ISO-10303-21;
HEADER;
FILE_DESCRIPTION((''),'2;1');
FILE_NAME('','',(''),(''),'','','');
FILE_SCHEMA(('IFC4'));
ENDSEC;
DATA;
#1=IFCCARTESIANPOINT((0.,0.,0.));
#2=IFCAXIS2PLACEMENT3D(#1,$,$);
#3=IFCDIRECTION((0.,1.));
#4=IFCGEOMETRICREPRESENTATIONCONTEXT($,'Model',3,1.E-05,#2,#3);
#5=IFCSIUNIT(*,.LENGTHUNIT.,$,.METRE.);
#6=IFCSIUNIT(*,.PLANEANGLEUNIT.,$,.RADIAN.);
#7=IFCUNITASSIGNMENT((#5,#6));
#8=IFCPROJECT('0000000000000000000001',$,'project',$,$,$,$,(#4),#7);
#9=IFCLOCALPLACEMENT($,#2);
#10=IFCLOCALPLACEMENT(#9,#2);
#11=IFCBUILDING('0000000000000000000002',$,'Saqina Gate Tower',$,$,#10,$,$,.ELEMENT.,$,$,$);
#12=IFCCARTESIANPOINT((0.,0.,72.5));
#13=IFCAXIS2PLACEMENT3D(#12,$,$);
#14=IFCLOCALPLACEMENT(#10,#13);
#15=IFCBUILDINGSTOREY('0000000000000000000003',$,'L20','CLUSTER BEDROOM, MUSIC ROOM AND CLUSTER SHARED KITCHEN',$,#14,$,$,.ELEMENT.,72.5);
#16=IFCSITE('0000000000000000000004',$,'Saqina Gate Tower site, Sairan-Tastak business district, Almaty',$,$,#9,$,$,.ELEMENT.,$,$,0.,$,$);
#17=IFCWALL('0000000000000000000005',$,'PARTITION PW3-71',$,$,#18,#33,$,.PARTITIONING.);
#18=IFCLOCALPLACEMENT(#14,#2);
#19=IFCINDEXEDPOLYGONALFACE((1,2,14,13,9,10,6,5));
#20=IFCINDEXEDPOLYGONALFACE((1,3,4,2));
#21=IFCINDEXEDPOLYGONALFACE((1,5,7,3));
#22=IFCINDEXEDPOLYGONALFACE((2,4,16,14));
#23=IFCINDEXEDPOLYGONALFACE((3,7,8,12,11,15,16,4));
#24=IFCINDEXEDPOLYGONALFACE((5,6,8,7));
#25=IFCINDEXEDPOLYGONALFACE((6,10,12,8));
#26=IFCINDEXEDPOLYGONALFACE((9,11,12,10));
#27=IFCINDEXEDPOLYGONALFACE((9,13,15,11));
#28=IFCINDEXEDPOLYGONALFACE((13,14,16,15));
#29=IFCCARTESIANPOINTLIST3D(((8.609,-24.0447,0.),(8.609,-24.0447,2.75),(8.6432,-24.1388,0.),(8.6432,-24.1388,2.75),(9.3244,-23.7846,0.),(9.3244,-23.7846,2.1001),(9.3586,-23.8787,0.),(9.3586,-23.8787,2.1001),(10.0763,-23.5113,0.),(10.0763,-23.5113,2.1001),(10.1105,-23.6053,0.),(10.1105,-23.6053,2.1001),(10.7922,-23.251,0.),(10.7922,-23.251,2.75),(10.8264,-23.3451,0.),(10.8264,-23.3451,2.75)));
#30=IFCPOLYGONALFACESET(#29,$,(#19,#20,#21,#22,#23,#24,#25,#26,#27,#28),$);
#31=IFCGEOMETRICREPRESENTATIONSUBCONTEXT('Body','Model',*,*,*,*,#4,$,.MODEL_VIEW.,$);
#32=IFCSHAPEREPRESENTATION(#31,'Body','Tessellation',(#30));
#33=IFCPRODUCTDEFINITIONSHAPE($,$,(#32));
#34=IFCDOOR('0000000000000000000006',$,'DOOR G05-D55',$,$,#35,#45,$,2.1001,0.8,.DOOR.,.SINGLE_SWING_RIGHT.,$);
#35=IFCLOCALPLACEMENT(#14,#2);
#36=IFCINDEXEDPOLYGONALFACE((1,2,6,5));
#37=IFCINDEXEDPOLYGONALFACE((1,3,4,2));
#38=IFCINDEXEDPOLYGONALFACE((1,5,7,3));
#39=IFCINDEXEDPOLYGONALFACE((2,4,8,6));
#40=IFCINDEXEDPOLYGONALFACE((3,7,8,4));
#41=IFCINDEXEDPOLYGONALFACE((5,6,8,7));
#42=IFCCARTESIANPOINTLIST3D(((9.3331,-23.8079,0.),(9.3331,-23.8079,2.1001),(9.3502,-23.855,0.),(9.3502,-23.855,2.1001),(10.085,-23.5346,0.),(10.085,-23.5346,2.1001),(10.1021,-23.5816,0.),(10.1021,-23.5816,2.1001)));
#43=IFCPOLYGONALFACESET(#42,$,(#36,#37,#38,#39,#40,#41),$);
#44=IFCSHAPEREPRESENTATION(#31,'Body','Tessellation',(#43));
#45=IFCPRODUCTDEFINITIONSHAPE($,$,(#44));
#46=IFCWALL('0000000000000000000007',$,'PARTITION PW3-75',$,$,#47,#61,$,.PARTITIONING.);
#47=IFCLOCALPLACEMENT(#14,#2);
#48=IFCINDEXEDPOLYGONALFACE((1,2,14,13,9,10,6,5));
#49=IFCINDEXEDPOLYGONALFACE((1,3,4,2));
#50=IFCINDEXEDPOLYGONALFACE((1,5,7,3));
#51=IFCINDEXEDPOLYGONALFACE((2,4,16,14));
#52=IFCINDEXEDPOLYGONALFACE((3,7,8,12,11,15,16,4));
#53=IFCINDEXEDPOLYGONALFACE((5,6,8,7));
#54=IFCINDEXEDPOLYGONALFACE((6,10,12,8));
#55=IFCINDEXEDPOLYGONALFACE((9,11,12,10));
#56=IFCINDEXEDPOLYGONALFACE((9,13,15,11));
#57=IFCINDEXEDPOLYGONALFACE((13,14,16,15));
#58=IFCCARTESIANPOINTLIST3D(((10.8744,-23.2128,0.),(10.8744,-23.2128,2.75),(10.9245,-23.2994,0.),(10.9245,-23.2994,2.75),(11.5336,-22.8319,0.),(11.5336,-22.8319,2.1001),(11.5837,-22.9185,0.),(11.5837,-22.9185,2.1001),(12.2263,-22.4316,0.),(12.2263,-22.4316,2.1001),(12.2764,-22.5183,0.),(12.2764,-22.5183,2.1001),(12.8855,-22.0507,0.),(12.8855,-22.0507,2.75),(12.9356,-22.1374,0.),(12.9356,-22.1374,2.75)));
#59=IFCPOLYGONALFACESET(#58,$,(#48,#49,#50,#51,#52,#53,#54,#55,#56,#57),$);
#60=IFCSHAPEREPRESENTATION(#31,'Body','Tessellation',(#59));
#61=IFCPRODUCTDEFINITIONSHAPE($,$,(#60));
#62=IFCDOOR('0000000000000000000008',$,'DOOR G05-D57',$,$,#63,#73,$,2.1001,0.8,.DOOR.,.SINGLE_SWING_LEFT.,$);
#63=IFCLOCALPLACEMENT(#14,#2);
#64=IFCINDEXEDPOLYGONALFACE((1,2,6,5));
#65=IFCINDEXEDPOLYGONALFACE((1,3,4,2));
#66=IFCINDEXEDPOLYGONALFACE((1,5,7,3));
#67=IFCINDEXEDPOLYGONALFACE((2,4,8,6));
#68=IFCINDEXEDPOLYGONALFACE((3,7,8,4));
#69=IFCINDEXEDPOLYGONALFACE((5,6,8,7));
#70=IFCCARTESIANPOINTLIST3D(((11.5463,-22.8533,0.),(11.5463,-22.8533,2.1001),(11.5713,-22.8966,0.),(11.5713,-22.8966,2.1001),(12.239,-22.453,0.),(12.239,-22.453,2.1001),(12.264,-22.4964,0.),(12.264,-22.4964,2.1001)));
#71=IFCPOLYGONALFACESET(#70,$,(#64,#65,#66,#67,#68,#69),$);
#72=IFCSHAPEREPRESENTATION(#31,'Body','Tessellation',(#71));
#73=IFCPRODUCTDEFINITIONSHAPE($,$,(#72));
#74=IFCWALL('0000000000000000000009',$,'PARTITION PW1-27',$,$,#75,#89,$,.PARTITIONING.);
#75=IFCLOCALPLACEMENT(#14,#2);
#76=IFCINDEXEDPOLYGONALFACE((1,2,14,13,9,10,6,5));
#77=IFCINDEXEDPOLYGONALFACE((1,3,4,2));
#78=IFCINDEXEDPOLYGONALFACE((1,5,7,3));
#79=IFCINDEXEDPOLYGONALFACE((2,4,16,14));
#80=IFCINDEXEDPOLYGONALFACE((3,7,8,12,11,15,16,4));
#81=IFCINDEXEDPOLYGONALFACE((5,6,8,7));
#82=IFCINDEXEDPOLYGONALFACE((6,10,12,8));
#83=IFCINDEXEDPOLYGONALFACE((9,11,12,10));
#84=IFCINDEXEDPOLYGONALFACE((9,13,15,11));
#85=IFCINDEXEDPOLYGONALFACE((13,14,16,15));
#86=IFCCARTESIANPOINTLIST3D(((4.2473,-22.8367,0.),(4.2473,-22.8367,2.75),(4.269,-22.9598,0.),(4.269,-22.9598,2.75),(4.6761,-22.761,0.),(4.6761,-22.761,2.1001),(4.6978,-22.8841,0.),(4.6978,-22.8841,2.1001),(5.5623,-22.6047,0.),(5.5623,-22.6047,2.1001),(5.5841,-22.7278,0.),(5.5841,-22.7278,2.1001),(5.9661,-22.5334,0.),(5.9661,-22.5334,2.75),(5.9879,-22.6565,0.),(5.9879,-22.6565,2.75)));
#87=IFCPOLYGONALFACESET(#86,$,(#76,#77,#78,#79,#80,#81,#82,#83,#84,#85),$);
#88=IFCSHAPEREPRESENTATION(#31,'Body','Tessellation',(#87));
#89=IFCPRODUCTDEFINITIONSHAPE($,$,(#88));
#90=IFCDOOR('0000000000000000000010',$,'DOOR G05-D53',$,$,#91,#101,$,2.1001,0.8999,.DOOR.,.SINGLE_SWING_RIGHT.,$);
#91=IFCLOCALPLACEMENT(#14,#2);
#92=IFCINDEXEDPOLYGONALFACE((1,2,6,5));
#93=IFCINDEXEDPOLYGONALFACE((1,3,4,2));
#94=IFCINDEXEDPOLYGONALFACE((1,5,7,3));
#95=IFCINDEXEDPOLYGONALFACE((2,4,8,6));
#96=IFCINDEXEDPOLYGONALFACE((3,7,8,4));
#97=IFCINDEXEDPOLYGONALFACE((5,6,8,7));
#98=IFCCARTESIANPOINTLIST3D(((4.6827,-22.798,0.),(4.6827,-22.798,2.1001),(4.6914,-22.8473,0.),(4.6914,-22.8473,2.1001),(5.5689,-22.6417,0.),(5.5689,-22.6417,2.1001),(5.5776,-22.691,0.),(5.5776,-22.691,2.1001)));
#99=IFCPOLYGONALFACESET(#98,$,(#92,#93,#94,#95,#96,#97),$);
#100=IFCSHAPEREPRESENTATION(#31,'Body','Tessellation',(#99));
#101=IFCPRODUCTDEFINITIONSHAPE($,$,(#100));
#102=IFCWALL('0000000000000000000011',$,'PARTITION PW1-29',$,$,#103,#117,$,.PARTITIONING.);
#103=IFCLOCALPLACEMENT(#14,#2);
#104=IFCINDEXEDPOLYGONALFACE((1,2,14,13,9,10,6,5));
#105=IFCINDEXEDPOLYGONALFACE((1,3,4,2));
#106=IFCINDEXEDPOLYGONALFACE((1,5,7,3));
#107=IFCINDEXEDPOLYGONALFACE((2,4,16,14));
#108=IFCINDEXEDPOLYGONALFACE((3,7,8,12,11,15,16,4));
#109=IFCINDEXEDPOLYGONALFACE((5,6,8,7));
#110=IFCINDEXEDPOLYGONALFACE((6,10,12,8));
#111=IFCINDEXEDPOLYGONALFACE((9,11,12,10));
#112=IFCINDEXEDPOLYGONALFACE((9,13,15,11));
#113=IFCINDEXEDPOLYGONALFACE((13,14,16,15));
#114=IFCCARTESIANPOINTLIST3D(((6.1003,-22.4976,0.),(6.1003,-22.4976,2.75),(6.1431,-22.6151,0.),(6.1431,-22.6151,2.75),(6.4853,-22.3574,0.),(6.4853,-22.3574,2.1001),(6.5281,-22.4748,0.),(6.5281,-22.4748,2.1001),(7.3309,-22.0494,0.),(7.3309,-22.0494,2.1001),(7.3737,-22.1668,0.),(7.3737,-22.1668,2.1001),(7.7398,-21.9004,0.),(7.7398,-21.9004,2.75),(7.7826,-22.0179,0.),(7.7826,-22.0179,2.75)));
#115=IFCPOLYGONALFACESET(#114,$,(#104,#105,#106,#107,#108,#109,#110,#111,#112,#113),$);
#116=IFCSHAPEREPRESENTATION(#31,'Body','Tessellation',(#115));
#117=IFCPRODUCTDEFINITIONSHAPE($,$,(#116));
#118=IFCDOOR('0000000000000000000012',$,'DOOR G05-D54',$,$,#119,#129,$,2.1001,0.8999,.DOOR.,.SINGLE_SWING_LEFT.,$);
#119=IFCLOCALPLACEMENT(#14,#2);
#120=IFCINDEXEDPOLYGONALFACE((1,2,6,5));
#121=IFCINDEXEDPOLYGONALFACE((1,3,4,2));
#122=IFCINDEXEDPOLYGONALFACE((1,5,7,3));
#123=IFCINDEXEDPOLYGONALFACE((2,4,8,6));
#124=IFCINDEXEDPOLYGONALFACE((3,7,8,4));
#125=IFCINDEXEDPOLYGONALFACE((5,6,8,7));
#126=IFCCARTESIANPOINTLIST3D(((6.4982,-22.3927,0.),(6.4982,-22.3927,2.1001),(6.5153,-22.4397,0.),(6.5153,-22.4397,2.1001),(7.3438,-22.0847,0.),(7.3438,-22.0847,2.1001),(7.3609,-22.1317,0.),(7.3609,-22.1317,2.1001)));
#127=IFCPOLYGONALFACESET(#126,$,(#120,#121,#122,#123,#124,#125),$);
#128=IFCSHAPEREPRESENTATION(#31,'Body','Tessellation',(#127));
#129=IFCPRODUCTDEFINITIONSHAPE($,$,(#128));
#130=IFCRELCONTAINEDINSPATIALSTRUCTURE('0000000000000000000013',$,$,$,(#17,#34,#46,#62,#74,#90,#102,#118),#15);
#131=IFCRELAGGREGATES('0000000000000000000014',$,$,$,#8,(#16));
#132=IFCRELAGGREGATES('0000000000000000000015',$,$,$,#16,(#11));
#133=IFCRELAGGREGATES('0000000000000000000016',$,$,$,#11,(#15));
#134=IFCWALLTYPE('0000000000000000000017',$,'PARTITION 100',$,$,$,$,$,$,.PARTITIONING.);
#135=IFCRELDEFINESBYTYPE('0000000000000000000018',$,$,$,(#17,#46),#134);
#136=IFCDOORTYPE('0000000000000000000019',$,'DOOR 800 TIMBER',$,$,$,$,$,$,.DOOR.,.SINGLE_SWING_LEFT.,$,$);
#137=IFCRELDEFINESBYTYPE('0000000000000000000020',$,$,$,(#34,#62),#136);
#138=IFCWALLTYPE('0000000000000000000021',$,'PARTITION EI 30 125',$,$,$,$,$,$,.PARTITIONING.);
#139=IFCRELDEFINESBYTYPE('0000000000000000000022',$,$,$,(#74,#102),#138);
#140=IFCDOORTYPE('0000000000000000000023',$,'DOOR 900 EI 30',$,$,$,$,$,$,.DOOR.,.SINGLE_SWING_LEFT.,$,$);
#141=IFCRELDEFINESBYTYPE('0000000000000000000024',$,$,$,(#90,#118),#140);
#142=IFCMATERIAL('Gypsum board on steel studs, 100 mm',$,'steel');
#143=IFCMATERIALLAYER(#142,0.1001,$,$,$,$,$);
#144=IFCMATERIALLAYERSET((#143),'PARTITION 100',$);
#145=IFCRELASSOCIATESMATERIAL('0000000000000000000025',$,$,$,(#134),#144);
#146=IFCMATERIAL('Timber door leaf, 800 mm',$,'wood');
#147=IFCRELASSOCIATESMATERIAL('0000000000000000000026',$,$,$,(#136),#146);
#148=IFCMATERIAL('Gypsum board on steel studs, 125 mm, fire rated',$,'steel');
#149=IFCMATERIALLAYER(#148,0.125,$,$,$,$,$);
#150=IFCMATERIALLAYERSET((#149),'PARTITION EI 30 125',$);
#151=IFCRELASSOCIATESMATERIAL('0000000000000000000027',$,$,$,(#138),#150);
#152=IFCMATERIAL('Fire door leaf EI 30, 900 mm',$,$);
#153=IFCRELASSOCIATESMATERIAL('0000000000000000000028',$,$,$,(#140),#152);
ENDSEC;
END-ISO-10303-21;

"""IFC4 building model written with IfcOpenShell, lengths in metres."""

from ifc_helpers import new_model, si_unit, direction, frame, frame_2d, origin, place, context, subcontext, project, spatial, rectangle, extrude, material, layer, layer_set, type_object, element, fill, save


model = new_model("IFC4")

# Units and contexts
model_context = context("Model", 3, precision=1e-05, world=origin(), true_north=direction((0.0, 1.0)))
body_context = subcontext(model_context, "Body", "Model", "MODEL_VIEW")
ifc_project = project(units=[si_unit("LENGTHUNIT", "METRE"), si_unit("PLANEANGLEUNIT", "RADIAN")], contexts=[model_context])

# Site, building, storey
site_placement = place(None, origin())
site = spatial("IfcSite", under=ifc_project, at=site_placement, Name="Saqina Gate Tower site, Sairan-Tastak business district, Almaty", CompositionType="ELEMENT", RefElevation=0.0)
building_placement = place(site_placement, origin())
building = spatial("IfcBuilding", under=site, at=building_placement, Name="Saqina Gate Tower", CompositionType="ELEMENT")
storey_placement = place(building_placement, frame((0.0, 0.0, 72.5)))
storey = spatial("IfcBuildingStorey", under=building, at=storey_placement, Name="L20", Description="CLUSTER BEDROOM, MUSIC ROOM AND CLUSTER SHARED KITCHEN", CompositionType="ELEMENT", Elevation=72.5)

# Shared definitions
ifc_material_1 = material(Name="Gypsum board on steel studs, 100 mm", Category="steel")
ifc_layer_1 = layer(ifc_material_1, 0.1001)
ifc_layer_set_1 = layer_set([ifc_layer_1], Name="PARTITION 100")
wall_type_1 = type_object("IfcWallType", Name="PARTITION 100", PredefinedType="PARTITIONING", material=ifc_layer_set_1)

# Shared definitions
ifc_material_2 = material(Name="Timber door leaf, 800 mm", Category="wood")
door_type_1 = type_object("IfcDoorType", Name="DOOR 800 TIMBER", OperationType="SINGLE_SWING_LEFT", PredefinedType="DOOR", material=ifc_material_2)

# Walls, openings, doors
wall_1_placement = place(storey_placement, frame((8.626, -24.0918, 0.0), z_axis=(0.0, 0.0, 1.0), x_axis=(0.939815, 0.341684, 0.0)))
wall_1 = element("IfcWall", 1, at=wall_1_placement, inside=storey, type_object=wall_type_1, Name="PARTITION PW3-71", PredefinedType="PARTITIONING", context=body_context, shape_type="SweptSolid", body=[
    extrude(rectangle(XDim=2.323, YDim=0.1001, at=frame_2d((1.1616, 0.0))), origin(), (0.0, 0.0, 1.0), 2.75),
])
opening_1_placement = place(wall_1_placement, frame((0.7615, 0.0, 0.0)))
opening_1 = element("IfcOpeningElement", 2, at=opening_1_placement, cuts=wall_1, PredefinedType="OPENING", context=body_context, shape_type="SweptSolid", body=[
    extrude(rectangle(XDim=0.8, YDim=2.1001, at=frame_2d((0.3999, 1.05))), frame((0.0, 0.062, 0.0), z_axis=(0.0, -1.0, 0.0), x_axis=(1.0, 0.0, 0.0)), (0.0, 0.0, 1.0), 0.124),
])
door_1_placement = place(opening_1_placement, frame((0.8, 0.0, 0.0), z_axis=(0.0, 0.0, 1.0), x_axis=(-1.0, 0.0, 0.0)))
door_1 = element("IfcDoor", 3, at=door_1_placement, inside=storey, type_object=door_type_1, Name="DOOR G05-D55", OperationType="SINGLE_SWING_RIGHT", OverallHeight=2.1001, OverallWidth=0.8, PredefinedType="DOOR", context=body_context, shape_type="SweptSolid", body=[
    extrude(rectangle(XDim=0.8, YDim=2.1001, at=frame_2d((0.3999, 1.05))), frame((0.0, 0.0249, 0.0), z_axis=(0.0, -1.0, 0.0), x_axis=(1.0, 0.0, 0.0)), (0.0, 0.0, 1.0), 0.05),
])
fill(opening_1, door_1)
wall_2_placement = place(storey_placement, frame((10.8994, -23.2561, 0.0), z_axis=(0.0, 0.0, 1.0), x_axis=(0.865853, 0.500299, 0.0)))
wall_2 = element("IfcWall", 4, at=wall_2_placement, inside=storey, type_object=wall_type_1, Name="PARTITION PW3-75", PredefinedType="PARTITIONING", context=body_context, shape_type="SweptSolid", body=[
    extrude(rectangle(XDim=2.3228, YDim=0.1001, at=frame_2d((1.1614, 0.0))), origin(), (0.0, 0.0, 1.0), 2.75),
])
opening_2_placement = place(wall_2_placement, frame((0.7615, 0.0, 0.0)))
opening_2 = element("IfcOpeningElement", 5, at=opening_2_placement, cuts=wall_2, PredefinedType="OPENING", context=body_context, shape_type="SweptSolid", body=[
    extrude(rectangle(XDim=0.8, YDim=2.1001, at=frame_2d((0.3999, 1.05))), frame((0.0, 0.062, 0.0), z_axis=(0.0, -1.0, 0.0), x_axis=(1.0, 0.0, 0.0)), (0.0, 0.0, 1.0), 0.124),
])
door_2_placement = place(opening_2_placement, frame((0.8, 0.0, 0.0), z_axis=(0.0, 0.0, 1.0), x_axis=(-1.0, 0.0, 0.0)))
door_2 = element("IfcDoor", 6, at=door_2_placement, inside=storey, type_object=door_type_1, Name="DOOR G05-D57", OperationType="SINGLE_SWING_LEFT", OverallHeight=2.1001, OverallWidth=0.8, PredefinedType="DOOR", context=body_context, shape_type="SweptSolid", body=[
    extrude(rectangle(XDim=0.8, YDim=2.1001, at=frame_2d((0.3999, 1.05))), frame((0.0, 0.0249, 0.0), z_axis=(0.0, -1.0, 0.0), x_axis=(1.0, 0.0, 0.0)), (0.0, 0.0, 1.0), 0.05),
])
fill(opening_2, door_2)
ifc_material_3 = material(Name="Gypsum board on steel studs, 125 mm, fire rated", Category="steel")
ifc_layer_2 = layer(ifc_material_3, 0.125)
ifc_layer_set_2 = layer_set([ifc_layer_2], Name="PARTITION EI 30 125")
wall_type_2 = type_object("IfcWallType", Name="PARTITION EI 30 125", PredefinedType="PARTITIONING", material=ifc_layer_set_2)
wall_3_placement = place(storey_placement, frame((4.2583, -22.8982, 0.0), z_axis=(0.0, 0.0, 1.0), x_axis=(0.984792, 0.173737, 0.0)))
wall_3 = element("IfcWall", 7, at=wall_3_placement, inside=storey, type_object=wall_type_2, Name="PARTITION PW1-27", PredefinedType="PARTITIONING", context=body_context, shape_type="SweptSolid", body=[
    extrude(rectangle(XDim=1.7454, YDim=0.125, at=frame_2d((0.8726, 0.0))), origin(), (0.0, 0.0, 1.0), 2.75),
])
opening_3_placement = place(wall_3_placement, frame((0.4353, 0.0, 0.0)))
opening_3 = element("IfcOpeningElement", 8, at=opening_3_placement, cuts=wall_3, PredefinedType="OPENING", context=body_context, shape_type="SweptSolid", body=[
    extrude(rectangle(XDim=0.8999, YDim=2.1001, at=frame_2d((0.45, 1.05))), frame((0.0, 0.0745, 0.0), z_axis=(0.0, -1.0, 0.0), x_axis=(1.0, 0.0, 0.0)), (0.0, 0.0, 1.0), 0.1489),
])
ifc_material_4 = material(Name="Fire door leaf EI 30, 900 mm")
door_type_2 = type_object("IfcDoorType", Name="DOOR 900 EI 30", OperationType="SINGLE_SWING_LEFT", PredefinedType="DOOR", material=ifc_material_4)
door_3_placement = place(opening_3_placement, origin())
door_3 = element("IfcDoor", 9, at=door_3_placement, inside=storey, type_object=door_type_2, Name="DOOR G05-D53", OperationType="SINGLE_SWING_RIGHT", OverallHeight=2.1001, OverallWidth=0.8999, PredefinedType="DOOR", context=body_context, shape_type="SweptSolid", body=[
    extrude(rectangle(XDim=0.8999, YDim=2.1001, at=frame_2d((0.45, 1.05))), frame((0.0, 0.0249, 0.0), z_axis=(0.0, -1.0, 0.0), x_axis=(1.0, 0.0, 0.0)), (0.0, 0.0, 1.0), 0.05),
])
fill(opening_3, door_3)
wall_4_placement = place(storey_placement, frame((6.1216, -22.5564, 0.0), z_axis=(0.0, 0.0, 1.0), x_axis=(0.939605, 0.34226, 0.0)))
wall_4 = element("IfcWall", 10, at=wall_4_placement, inside=storey, type_object=wall_type_2, Name="PARTITION PW1-29", PredefinedType="PARTITIONING", context=body_context, shape_type="SweptSolid", body=[
    extrude(rectangle(XDim=1.7449, YDim=0.125, at=frame_2d((0.8726, 0.0))), origin(), (0.0, 0.0, 1.0), 2.75),
])
opening_4_placement = place(wall_4_placement, frame((0.4099, 0.0, 0.0)))
opening_4 = element("IfcOpeningElement", 11, at=opening_4_placement, cuts=wall_4, PredefinedType="OPENING", context=body_context, shape_type="SweptSolid", body=[
    extrude(rectangle(XDim=0.8999, YDim=2.1001, at=frame_2d((0.45, 1.05))), frame((0.0, 0.0745, 0.0), z_axis=(0.0, -1.0, 0.0), x_axis=(1.0, 0.0, 0.0)), (0.0, 0.0, 1.0), 0.1489),
])
door_4_placement = place(opening_4_placement, origin())
door_4 = element("IfcDoor", 12, at=door_4_placement, inside=storey, type_object=door_type_2, Name="DOOR G05-D54", OperationType="SINGLE_SWING_LEFT", OverallHeight=2.1001, OverallWidth=0.8999, PredefinedType="DOOR", context=body_context, shape_type="SweptSolid", body=[
    extrude(rectangle(XDim=0.8999, YDim=2.1001, at=frame_2d((0.45, 1.05))), frame((0.0, 0.0249, 0.0), z_axis=(0.0, -1.0, 0.0), x_axis=(1.0, 0.0, 0.0)), (0.0, 0.0, 1.0), 0.05),
])
fill(opening_4, door_4)

save(model, "model.ifc")
